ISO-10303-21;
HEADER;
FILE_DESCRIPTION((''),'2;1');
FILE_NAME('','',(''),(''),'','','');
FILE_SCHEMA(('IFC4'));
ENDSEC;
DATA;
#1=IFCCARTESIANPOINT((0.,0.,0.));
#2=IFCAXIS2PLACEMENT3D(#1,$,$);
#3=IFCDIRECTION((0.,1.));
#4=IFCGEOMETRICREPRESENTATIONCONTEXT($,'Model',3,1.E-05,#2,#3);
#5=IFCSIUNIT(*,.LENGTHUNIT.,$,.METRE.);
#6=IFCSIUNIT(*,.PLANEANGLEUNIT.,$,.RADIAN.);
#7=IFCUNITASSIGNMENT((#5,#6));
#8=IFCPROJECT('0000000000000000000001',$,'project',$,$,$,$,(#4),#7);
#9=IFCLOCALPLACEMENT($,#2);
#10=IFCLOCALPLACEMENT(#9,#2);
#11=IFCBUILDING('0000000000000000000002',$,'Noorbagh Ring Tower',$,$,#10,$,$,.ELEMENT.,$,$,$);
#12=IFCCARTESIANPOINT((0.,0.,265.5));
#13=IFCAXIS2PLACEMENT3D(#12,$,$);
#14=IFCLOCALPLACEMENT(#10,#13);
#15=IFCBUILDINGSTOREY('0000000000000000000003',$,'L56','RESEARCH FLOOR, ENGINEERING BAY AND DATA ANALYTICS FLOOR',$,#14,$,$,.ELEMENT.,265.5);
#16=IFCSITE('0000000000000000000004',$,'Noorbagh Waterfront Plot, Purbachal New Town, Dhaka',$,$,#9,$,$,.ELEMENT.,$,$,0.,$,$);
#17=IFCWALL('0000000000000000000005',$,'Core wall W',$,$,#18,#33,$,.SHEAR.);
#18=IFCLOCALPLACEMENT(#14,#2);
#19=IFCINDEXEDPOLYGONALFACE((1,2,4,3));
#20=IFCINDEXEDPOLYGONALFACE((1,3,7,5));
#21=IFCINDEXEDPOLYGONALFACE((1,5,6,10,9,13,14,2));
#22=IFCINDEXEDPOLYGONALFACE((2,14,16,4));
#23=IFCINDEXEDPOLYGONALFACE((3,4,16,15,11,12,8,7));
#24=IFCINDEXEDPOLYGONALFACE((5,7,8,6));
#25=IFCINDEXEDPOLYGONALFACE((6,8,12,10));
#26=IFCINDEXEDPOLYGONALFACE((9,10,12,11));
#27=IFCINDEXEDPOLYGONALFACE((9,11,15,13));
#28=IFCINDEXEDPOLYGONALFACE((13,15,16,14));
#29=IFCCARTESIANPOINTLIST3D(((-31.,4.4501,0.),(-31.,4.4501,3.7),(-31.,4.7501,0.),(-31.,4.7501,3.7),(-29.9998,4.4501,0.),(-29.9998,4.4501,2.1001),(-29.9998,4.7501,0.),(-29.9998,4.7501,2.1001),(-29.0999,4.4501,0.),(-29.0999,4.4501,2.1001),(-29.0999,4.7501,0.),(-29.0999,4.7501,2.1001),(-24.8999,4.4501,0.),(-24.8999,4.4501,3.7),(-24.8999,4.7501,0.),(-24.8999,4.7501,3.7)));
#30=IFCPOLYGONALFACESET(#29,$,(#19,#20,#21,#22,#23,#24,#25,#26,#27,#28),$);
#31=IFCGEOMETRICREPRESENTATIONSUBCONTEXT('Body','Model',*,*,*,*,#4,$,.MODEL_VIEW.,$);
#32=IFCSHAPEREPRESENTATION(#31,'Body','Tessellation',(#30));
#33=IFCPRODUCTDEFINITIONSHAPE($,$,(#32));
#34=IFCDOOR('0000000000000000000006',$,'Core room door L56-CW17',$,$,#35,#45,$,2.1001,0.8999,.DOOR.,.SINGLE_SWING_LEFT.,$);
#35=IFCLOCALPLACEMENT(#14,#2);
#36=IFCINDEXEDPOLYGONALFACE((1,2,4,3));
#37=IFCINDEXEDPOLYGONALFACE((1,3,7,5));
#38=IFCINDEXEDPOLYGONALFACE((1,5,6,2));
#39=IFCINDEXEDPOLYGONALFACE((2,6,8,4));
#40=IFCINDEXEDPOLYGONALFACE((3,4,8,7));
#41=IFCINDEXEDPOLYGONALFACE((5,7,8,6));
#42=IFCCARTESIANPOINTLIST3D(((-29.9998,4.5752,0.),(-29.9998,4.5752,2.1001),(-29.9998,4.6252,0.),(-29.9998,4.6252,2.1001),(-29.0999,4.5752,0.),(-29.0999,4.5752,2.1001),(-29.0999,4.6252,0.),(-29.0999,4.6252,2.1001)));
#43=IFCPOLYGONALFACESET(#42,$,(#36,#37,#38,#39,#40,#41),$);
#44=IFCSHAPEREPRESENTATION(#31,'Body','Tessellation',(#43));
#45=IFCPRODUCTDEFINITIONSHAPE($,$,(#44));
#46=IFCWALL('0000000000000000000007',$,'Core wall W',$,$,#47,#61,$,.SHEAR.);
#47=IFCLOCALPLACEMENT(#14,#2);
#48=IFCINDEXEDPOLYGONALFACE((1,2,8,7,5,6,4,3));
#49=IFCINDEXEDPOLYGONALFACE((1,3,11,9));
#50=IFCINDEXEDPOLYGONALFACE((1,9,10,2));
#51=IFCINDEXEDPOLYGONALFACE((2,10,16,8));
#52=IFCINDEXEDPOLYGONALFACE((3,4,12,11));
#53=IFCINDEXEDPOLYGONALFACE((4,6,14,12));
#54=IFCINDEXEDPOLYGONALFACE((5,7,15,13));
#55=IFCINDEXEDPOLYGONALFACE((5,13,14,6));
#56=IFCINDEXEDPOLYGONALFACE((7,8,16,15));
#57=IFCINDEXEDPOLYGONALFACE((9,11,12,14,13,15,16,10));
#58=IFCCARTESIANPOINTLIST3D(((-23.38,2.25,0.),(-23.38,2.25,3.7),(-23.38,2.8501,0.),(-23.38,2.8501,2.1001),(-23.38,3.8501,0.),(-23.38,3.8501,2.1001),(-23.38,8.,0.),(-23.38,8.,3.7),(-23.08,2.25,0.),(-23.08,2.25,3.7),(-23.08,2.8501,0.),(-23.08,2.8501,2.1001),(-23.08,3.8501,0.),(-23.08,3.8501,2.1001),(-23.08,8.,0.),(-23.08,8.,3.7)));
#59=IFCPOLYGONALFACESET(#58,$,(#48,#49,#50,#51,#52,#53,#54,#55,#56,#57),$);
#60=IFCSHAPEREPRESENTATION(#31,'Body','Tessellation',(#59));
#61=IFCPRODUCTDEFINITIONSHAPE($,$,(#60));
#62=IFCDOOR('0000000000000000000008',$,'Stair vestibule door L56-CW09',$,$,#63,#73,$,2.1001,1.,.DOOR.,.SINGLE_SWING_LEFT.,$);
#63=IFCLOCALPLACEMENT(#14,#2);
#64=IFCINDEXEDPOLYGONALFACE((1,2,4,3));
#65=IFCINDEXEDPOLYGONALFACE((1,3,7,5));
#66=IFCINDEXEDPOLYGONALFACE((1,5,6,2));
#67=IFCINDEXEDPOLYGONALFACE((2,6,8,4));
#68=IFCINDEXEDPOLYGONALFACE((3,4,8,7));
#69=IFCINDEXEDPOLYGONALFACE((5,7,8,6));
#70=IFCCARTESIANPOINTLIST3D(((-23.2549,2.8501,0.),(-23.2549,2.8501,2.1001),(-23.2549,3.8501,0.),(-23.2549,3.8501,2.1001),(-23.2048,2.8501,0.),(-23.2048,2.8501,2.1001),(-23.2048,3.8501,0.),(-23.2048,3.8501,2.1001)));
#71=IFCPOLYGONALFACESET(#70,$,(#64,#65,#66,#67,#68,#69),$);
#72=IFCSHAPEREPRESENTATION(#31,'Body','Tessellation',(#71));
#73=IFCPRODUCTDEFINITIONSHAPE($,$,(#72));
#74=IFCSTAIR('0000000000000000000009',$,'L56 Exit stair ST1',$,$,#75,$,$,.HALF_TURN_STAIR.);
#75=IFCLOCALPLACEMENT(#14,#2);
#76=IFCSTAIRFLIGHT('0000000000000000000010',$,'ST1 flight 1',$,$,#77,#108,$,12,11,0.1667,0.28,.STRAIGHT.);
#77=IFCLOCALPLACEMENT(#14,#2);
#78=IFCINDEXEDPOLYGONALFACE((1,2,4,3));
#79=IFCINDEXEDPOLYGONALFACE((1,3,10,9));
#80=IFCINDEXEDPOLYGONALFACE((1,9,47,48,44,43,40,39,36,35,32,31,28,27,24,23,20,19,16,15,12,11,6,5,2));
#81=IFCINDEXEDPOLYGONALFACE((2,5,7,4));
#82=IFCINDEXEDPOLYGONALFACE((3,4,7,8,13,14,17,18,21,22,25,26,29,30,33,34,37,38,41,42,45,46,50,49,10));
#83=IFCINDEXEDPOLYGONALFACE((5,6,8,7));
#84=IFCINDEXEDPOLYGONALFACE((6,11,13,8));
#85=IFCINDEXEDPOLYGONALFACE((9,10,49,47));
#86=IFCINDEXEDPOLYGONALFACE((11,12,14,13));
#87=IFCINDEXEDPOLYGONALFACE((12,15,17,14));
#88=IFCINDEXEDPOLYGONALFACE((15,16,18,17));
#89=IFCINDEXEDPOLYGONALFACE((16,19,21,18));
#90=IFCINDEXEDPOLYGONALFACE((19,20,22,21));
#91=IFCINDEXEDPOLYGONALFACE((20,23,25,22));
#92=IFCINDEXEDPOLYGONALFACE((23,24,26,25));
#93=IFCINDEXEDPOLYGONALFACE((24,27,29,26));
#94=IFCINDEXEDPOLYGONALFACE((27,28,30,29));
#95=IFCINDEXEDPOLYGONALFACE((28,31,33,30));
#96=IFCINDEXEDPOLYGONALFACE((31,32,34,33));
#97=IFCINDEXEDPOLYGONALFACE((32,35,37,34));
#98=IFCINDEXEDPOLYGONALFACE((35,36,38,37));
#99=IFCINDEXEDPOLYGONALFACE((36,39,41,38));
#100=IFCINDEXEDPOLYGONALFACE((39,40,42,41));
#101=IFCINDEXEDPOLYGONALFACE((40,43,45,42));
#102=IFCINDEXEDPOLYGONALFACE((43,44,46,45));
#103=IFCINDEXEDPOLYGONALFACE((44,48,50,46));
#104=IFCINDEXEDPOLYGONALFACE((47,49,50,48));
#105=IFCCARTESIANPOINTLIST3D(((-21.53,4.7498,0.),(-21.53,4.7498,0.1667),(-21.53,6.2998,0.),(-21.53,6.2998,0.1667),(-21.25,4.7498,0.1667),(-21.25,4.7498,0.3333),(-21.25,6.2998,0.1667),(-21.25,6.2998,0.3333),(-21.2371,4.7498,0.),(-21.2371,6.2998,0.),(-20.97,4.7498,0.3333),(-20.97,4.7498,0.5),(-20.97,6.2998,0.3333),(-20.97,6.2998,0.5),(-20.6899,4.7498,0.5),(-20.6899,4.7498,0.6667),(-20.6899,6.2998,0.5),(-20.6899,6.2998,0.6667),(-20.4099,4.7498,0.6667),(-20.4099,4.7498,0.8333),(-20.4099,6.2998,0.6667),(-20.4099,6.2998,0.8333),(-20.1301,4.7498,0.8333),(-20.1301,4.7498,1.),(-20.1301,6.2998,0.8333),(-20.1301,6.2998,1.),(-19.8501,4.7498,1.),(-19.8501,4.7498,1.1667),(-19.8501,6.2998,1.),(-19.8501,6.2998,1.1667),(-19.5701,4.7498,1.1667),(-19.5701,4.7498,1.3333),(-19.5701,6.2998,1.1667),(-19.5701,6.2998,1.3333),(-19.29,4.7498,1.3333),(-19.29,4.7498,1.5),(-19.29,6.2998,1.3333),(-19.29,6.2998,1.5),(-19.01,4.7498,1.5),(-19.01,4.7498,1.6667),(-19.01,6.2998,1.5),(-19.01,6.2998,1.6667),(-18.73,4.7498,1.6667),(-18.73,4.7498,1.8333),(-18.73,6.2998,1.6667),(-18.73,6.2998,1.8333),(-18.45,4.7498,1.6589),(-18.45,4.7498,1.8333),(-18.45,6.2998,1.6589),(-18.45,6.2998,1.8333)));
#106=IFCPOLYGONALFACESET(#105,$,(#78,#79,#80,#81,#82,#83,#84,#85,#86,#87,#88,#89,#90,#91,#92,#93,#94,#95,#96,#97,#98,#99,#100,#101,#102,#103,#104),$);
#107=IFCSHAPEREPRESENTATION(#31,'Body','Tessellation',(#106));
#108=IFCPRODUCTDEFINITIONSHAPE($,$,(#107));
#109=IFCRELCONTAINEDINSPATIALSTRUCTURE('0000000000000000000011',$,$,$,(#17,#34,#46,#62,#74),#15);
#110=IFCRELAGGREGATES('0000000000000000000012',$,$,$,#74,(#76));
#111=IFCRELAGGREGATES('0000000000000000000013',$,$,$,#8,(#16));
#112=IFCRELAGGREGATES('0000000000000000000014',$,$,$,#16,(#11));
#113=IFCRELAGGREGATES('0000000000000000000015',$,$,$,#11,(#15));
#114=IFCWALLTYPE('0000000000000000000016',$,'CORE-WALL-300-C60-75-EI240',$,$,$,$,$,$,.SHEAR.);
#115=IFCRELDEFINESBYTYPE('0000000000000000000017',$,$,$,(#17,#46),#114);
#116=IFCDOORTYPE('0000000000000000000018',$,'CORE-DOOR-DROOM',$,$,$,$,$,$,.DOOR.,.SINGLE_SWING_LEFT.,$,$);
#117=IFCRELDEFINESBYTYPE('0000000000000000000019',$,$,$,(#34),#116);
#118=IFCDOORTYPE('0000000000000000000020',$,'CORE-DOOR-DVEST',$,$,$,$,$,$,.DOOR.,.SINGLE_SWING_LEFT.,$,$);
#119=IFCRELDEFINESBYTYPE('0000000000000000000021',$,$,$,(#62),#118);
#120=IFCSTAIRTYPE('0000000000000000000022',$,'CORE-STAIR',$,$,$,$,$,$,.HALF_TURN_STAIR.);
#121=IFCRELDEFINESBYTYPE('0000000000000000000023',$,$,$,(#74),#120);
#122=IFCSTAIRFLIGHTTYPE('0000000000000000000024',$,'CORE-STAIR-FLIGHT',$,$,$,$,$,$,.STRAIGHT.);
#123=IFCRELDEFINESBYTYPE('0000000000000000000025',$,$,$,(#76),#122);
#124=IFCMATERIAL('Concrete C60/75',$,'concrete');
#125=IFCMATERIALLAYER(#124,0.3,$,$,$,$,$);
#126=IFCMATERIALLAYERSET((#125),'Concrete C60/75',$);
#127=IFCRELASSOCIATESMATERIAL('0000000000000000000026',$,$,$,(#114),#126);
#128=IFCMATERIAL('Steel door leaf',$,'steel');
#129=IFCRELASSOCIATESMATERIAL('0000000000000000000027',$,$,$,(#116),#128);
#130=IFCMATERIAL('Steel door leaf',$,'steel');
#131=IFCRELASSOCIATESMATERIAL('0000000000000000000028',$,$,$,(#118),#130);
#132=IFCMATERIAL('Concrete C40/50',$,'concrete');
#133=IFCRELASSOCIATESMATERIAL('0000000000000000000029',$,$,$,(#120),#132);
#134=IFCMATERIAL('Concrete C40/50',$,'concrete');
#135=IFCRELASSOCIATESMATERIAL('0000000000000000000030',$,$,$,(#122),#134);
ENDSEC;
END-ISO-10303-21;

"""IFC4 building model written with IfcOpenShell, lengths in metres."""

from ifc_helpers import new_model, si_unit, direction, frame, frame_2d, origin, place, context, subcontext, project, spatial, polyline, rectangle, outline, extrude, material, layer, layer_set, type_object, element, fill, aggregate, save


model = new_model("IFC4")

# Units and contexts
model_context = context("Model", 3, precision=1e-05, world=origin(), true_north=direction((0.0, 1.0)))
body_context = subcontext(model_context, "Body", "Model", "MODEL_VIEW")
ifc_project = project(units=[si_unit("LENGTHUNIT", "METRE"), si_unit("PLANEANGLEUNIT", "RADIAN")], contexts=[model_context])

# Site, building, storey
site_placement = place(None, origin())
site = spatial("IfcSite", under=ifc_project, at=site_placement, Name="Noorbagh Waterfront Plot, Purbachal New Town, Dhaka", CompositionType="ELEMENT", RefElevation=0.0)
building_placement = place(site_placement, origin())
building = spatial("IfcBuilding", under=site, at=building_placement, Name="Noorbagh Ring Tower", CompositionType="ELEMENT")
storey_placement = place(building_placement, frame((0.0, 0.0, 265.5)))
storey = spatial("IfcBuildingStorey", under=building, at=storey_placement, Name="L56", Description="RESEARCH FLOOR, ENGINEERING BAY AND DATA ANALYTICS FLOOR", CompositionType="ELEMENT", Elevation=265.5)

# Walls, openings, doors
ifc_material_1 = material(Name="Concrete C60/75", Category="concrete")
ifc_layer_1 = layer(ifc_material_1, 0.3)
ifc_layer_set_1 = layer_set([ifc_layer_1], Name="Concrete C60/75")
wall_type_1 = type_object("IfcWallType", Name="CORE-WALL-300-C60-75-EI240", PredefinedType="SHEAR", material=ifc_layer_set_1)
wall_1_placement = place(storey_placement, frame((-24.8999, 4.6001, 0.0), z_axis=(0.0, 0.0, 1.0), x_axis=(-1.0, 0.0, 0.0)))
wall_1 = element("IfcWall", 1, at=wall_1_placement, inside=storey, type_object=wall_type_1, Name="Core wall W", PredefinedType="SHEAR", context=body_context, shape_type="SweptSolid", body=[
    extrude(rectangle(XDim=6.1001, YDim=0.3, at=frame_2d((3.05, 0.0))), origin(), (0.0, 0.0, 1.0), 3.7),
])
opening_1_placement = place(wall_1_placement, frame((4.2, 0.0, 0.0)))
opening_1 = element("IfcOpeningElement", 2, at=opening_1_placement, cuts=wall_1, PredefinedType="OPENING", context=body_context, shape_type="SweptSolid", body=[
    extrude(rectangle(XDim=0.8999, YDim=2.1001, at=frame_2d((0.45, 1.05))), frame((0.0, 0.1602, 0.0), z_axis=(0.0, -1.0, 0.0), x_axis=(1.0, 0.0, 0.0)), (0.0, 0.0, 1.0), 0.3201),
])
ifc_material_2 = material(Name="Steel door leaf", Category="steel")
door_type_1 = type_object("IfcDoorType", Name="CORE-DOOR-DROOM", OperationType="SINGLE_SWING_LEFT", PredefinedType="DOOR", material=ifc_material_2)
door_1_placement = place(opening_1_placement, origin())
door_1 = element("IfcDoor", 3, at=door_1_placement, inside=storey, type_object=door_type_1, Name="Core room door L56-CW17", OperationType="SINGLE_SWING_LEFT", OverallHeight=2.1001, OverallWidth=0.8999, PredefinedType="DOOR", context=body_context, shape_type="SweptSolid", body=[
    extrude(rectangle(XDim=0.8999, YDim=2.1001, at=frame_2d((0.45, 1.05))), frame((0.0, 0.0249, 0.0), z_axis=(0.0, -1.0, 0.0), x_axis=(1.0, 0.0, 0.0)), (0.0, 0.0, 1.0), 0.05),
])
fill(opening_1, door_1)
wall_2_placement = place(storey_placement, frame((-23.23, 2.25, 0.0), z_axis=(0.0, 0.0, 1.0), x_axis=(0.0, 1.0, 0.0)))
wall_2 = element("IfcWall", 4, at=wall_2_placement, inside=storey, type_object=wall_type_1, Name="Core wall W", PredefinedType="SHEAR", context=body_context, shape_type="SweptSolid", body=[
    extrude(rectangle(XDim=5.75, YDim=0.3, at=frame_2d((2.875, 0.0))), origin(), (0.0, 0.0, 1.0), 3.7),
])
opening_2_placement = place(wall_2_placement, frame((0.6001, 0.0, 0.0)))
opening_2 = element("IfcOpeningElement", 5, at=opening_2_placement, cuts=wall_2, PredefinedType="OPENING", context=body_context, shape_type="SweptSolid", body=[
    extrude(rectangle(XDim=1.0, YDim=2.1001, at=frame_2d((0.5, 1.05))), frame((0.0, 0.1602, 0.0), z_axis=(0.0, -1.0, 0.0), x_axis=(1.0, 0.0, 0.0)), (0.0, 0.0, 1.0), 0.3201),
])
ifc_material_3 = material(Name="Steel door leaf", Category="steel")
door_type_2 = type_object("IfcDoorType", Name="CORE-DOOR-DVEST", OperationType="SINGLE_SWING_LEFT", PredefinedType="DOOR", material=ifc_material_3)
door_2_placement = place(opening_2_placement, origin())
door_2 = element("IfcDoor", 6, at=door_2_placement, inside=storey, type_object=door_type_2, Name="Stair vestibule door L56-CW09", OperationType="SINGLE_SWING_LEFT", OverallHeight=2.1001, OverallWidth=1.0, PredefinedType="DOOR", context=body_context, shape_type="SweptSolid", body=[
    extrude(rectangle(XDim=1.0, YDim=2.1001, at=frame_2d((0.5, 1.05))), frame((0.0, 0.0249, 0.0), z_axis=(0.0, -1.0, 0.0), x_axis=(1.0, 0.0, 0.0)), (0.0, 0.0, 1.0), 0.05),
])
fill(opening_2, door_2)

# Stair, stair flight
ifc_material_4 = material(Name="Concrete C40/50", Category="concrete")
stair_type = type_object("IfcStairType", Name="CORE-STAIR", PredefinedType="HALF_TURN_STAIR", material=ifc_material_4)
stair_placement = place(storey_placement, origin())
stair = element("IfcStair", 7, at=stair_placement, inside=storey, type_object=stair_type, Name="L56 Exit stair ST1", PredefinedType="HALF_TURN_STAIR")
ifc_material_5 = material(Name="Concrete C40/50", Category="concrete")
stair_flight_type = type_object("IfcStairFlightType", Name="CORE-STAIR-FLIGHT", PredefinedType="STRAIGHT", material=ifc_material_5)
stair_flight_placement = place(storey_placement, frame((-21.53, 5.5249, 0.0), z_axis=(0.0, 0.0, 1.0), x_axis=(1.0, 0.0, 0.0)))
stair_flight = element("IfcStairFlight", 8, at=stair_flight_placement, type_object=stair_flight_type, Name="ST1 flight 1", NumberOfRisers=12, NumberOfTreads=11, PredefinedType="STRAIGHT", RiserHeight=0.1667, TreadLength=0.28, context=body_context, shape_type="SweptSolid", body=[
    extrude(outline(polyline([(0.0, 0.0), (0.0, 0.1667), (0.28, 0.1667), (0.28, 0.3333), (0.5601, 0.3333), (0.5601, 0.5), (0.8401, 0.5), (0.8401, 0.6667), (1.1201, 0.6667), (1.1201, 0.8333), (1.3999, 0.8333), (1.3999, 1.0), (1.6799, 1.0), (1.6799, 1.1667), (1.96, 1.1667), (1.96, 1.3333), (2.24, 1.3333), (2.24, 1.5), (2.52, 1.5), (2.52, 1.6667), (2.8, 1.6667), (2.8, 1.8333), (3.0801, 1.8333), (3.0801, 2.0), (3.0801, 1.6589), (0.293, 0.0), (0.0, 0.0)])), frame((0.0, 0.7749, 0.0), z_axis=(0.0, -1.0, 0.0), x_axis=(1.0, 0.0, 0.0)), (0.0, 0.0, 1.0), 1.55),
])
aggregate(stair, [stair_flight])

save(model, "model.ifc")
